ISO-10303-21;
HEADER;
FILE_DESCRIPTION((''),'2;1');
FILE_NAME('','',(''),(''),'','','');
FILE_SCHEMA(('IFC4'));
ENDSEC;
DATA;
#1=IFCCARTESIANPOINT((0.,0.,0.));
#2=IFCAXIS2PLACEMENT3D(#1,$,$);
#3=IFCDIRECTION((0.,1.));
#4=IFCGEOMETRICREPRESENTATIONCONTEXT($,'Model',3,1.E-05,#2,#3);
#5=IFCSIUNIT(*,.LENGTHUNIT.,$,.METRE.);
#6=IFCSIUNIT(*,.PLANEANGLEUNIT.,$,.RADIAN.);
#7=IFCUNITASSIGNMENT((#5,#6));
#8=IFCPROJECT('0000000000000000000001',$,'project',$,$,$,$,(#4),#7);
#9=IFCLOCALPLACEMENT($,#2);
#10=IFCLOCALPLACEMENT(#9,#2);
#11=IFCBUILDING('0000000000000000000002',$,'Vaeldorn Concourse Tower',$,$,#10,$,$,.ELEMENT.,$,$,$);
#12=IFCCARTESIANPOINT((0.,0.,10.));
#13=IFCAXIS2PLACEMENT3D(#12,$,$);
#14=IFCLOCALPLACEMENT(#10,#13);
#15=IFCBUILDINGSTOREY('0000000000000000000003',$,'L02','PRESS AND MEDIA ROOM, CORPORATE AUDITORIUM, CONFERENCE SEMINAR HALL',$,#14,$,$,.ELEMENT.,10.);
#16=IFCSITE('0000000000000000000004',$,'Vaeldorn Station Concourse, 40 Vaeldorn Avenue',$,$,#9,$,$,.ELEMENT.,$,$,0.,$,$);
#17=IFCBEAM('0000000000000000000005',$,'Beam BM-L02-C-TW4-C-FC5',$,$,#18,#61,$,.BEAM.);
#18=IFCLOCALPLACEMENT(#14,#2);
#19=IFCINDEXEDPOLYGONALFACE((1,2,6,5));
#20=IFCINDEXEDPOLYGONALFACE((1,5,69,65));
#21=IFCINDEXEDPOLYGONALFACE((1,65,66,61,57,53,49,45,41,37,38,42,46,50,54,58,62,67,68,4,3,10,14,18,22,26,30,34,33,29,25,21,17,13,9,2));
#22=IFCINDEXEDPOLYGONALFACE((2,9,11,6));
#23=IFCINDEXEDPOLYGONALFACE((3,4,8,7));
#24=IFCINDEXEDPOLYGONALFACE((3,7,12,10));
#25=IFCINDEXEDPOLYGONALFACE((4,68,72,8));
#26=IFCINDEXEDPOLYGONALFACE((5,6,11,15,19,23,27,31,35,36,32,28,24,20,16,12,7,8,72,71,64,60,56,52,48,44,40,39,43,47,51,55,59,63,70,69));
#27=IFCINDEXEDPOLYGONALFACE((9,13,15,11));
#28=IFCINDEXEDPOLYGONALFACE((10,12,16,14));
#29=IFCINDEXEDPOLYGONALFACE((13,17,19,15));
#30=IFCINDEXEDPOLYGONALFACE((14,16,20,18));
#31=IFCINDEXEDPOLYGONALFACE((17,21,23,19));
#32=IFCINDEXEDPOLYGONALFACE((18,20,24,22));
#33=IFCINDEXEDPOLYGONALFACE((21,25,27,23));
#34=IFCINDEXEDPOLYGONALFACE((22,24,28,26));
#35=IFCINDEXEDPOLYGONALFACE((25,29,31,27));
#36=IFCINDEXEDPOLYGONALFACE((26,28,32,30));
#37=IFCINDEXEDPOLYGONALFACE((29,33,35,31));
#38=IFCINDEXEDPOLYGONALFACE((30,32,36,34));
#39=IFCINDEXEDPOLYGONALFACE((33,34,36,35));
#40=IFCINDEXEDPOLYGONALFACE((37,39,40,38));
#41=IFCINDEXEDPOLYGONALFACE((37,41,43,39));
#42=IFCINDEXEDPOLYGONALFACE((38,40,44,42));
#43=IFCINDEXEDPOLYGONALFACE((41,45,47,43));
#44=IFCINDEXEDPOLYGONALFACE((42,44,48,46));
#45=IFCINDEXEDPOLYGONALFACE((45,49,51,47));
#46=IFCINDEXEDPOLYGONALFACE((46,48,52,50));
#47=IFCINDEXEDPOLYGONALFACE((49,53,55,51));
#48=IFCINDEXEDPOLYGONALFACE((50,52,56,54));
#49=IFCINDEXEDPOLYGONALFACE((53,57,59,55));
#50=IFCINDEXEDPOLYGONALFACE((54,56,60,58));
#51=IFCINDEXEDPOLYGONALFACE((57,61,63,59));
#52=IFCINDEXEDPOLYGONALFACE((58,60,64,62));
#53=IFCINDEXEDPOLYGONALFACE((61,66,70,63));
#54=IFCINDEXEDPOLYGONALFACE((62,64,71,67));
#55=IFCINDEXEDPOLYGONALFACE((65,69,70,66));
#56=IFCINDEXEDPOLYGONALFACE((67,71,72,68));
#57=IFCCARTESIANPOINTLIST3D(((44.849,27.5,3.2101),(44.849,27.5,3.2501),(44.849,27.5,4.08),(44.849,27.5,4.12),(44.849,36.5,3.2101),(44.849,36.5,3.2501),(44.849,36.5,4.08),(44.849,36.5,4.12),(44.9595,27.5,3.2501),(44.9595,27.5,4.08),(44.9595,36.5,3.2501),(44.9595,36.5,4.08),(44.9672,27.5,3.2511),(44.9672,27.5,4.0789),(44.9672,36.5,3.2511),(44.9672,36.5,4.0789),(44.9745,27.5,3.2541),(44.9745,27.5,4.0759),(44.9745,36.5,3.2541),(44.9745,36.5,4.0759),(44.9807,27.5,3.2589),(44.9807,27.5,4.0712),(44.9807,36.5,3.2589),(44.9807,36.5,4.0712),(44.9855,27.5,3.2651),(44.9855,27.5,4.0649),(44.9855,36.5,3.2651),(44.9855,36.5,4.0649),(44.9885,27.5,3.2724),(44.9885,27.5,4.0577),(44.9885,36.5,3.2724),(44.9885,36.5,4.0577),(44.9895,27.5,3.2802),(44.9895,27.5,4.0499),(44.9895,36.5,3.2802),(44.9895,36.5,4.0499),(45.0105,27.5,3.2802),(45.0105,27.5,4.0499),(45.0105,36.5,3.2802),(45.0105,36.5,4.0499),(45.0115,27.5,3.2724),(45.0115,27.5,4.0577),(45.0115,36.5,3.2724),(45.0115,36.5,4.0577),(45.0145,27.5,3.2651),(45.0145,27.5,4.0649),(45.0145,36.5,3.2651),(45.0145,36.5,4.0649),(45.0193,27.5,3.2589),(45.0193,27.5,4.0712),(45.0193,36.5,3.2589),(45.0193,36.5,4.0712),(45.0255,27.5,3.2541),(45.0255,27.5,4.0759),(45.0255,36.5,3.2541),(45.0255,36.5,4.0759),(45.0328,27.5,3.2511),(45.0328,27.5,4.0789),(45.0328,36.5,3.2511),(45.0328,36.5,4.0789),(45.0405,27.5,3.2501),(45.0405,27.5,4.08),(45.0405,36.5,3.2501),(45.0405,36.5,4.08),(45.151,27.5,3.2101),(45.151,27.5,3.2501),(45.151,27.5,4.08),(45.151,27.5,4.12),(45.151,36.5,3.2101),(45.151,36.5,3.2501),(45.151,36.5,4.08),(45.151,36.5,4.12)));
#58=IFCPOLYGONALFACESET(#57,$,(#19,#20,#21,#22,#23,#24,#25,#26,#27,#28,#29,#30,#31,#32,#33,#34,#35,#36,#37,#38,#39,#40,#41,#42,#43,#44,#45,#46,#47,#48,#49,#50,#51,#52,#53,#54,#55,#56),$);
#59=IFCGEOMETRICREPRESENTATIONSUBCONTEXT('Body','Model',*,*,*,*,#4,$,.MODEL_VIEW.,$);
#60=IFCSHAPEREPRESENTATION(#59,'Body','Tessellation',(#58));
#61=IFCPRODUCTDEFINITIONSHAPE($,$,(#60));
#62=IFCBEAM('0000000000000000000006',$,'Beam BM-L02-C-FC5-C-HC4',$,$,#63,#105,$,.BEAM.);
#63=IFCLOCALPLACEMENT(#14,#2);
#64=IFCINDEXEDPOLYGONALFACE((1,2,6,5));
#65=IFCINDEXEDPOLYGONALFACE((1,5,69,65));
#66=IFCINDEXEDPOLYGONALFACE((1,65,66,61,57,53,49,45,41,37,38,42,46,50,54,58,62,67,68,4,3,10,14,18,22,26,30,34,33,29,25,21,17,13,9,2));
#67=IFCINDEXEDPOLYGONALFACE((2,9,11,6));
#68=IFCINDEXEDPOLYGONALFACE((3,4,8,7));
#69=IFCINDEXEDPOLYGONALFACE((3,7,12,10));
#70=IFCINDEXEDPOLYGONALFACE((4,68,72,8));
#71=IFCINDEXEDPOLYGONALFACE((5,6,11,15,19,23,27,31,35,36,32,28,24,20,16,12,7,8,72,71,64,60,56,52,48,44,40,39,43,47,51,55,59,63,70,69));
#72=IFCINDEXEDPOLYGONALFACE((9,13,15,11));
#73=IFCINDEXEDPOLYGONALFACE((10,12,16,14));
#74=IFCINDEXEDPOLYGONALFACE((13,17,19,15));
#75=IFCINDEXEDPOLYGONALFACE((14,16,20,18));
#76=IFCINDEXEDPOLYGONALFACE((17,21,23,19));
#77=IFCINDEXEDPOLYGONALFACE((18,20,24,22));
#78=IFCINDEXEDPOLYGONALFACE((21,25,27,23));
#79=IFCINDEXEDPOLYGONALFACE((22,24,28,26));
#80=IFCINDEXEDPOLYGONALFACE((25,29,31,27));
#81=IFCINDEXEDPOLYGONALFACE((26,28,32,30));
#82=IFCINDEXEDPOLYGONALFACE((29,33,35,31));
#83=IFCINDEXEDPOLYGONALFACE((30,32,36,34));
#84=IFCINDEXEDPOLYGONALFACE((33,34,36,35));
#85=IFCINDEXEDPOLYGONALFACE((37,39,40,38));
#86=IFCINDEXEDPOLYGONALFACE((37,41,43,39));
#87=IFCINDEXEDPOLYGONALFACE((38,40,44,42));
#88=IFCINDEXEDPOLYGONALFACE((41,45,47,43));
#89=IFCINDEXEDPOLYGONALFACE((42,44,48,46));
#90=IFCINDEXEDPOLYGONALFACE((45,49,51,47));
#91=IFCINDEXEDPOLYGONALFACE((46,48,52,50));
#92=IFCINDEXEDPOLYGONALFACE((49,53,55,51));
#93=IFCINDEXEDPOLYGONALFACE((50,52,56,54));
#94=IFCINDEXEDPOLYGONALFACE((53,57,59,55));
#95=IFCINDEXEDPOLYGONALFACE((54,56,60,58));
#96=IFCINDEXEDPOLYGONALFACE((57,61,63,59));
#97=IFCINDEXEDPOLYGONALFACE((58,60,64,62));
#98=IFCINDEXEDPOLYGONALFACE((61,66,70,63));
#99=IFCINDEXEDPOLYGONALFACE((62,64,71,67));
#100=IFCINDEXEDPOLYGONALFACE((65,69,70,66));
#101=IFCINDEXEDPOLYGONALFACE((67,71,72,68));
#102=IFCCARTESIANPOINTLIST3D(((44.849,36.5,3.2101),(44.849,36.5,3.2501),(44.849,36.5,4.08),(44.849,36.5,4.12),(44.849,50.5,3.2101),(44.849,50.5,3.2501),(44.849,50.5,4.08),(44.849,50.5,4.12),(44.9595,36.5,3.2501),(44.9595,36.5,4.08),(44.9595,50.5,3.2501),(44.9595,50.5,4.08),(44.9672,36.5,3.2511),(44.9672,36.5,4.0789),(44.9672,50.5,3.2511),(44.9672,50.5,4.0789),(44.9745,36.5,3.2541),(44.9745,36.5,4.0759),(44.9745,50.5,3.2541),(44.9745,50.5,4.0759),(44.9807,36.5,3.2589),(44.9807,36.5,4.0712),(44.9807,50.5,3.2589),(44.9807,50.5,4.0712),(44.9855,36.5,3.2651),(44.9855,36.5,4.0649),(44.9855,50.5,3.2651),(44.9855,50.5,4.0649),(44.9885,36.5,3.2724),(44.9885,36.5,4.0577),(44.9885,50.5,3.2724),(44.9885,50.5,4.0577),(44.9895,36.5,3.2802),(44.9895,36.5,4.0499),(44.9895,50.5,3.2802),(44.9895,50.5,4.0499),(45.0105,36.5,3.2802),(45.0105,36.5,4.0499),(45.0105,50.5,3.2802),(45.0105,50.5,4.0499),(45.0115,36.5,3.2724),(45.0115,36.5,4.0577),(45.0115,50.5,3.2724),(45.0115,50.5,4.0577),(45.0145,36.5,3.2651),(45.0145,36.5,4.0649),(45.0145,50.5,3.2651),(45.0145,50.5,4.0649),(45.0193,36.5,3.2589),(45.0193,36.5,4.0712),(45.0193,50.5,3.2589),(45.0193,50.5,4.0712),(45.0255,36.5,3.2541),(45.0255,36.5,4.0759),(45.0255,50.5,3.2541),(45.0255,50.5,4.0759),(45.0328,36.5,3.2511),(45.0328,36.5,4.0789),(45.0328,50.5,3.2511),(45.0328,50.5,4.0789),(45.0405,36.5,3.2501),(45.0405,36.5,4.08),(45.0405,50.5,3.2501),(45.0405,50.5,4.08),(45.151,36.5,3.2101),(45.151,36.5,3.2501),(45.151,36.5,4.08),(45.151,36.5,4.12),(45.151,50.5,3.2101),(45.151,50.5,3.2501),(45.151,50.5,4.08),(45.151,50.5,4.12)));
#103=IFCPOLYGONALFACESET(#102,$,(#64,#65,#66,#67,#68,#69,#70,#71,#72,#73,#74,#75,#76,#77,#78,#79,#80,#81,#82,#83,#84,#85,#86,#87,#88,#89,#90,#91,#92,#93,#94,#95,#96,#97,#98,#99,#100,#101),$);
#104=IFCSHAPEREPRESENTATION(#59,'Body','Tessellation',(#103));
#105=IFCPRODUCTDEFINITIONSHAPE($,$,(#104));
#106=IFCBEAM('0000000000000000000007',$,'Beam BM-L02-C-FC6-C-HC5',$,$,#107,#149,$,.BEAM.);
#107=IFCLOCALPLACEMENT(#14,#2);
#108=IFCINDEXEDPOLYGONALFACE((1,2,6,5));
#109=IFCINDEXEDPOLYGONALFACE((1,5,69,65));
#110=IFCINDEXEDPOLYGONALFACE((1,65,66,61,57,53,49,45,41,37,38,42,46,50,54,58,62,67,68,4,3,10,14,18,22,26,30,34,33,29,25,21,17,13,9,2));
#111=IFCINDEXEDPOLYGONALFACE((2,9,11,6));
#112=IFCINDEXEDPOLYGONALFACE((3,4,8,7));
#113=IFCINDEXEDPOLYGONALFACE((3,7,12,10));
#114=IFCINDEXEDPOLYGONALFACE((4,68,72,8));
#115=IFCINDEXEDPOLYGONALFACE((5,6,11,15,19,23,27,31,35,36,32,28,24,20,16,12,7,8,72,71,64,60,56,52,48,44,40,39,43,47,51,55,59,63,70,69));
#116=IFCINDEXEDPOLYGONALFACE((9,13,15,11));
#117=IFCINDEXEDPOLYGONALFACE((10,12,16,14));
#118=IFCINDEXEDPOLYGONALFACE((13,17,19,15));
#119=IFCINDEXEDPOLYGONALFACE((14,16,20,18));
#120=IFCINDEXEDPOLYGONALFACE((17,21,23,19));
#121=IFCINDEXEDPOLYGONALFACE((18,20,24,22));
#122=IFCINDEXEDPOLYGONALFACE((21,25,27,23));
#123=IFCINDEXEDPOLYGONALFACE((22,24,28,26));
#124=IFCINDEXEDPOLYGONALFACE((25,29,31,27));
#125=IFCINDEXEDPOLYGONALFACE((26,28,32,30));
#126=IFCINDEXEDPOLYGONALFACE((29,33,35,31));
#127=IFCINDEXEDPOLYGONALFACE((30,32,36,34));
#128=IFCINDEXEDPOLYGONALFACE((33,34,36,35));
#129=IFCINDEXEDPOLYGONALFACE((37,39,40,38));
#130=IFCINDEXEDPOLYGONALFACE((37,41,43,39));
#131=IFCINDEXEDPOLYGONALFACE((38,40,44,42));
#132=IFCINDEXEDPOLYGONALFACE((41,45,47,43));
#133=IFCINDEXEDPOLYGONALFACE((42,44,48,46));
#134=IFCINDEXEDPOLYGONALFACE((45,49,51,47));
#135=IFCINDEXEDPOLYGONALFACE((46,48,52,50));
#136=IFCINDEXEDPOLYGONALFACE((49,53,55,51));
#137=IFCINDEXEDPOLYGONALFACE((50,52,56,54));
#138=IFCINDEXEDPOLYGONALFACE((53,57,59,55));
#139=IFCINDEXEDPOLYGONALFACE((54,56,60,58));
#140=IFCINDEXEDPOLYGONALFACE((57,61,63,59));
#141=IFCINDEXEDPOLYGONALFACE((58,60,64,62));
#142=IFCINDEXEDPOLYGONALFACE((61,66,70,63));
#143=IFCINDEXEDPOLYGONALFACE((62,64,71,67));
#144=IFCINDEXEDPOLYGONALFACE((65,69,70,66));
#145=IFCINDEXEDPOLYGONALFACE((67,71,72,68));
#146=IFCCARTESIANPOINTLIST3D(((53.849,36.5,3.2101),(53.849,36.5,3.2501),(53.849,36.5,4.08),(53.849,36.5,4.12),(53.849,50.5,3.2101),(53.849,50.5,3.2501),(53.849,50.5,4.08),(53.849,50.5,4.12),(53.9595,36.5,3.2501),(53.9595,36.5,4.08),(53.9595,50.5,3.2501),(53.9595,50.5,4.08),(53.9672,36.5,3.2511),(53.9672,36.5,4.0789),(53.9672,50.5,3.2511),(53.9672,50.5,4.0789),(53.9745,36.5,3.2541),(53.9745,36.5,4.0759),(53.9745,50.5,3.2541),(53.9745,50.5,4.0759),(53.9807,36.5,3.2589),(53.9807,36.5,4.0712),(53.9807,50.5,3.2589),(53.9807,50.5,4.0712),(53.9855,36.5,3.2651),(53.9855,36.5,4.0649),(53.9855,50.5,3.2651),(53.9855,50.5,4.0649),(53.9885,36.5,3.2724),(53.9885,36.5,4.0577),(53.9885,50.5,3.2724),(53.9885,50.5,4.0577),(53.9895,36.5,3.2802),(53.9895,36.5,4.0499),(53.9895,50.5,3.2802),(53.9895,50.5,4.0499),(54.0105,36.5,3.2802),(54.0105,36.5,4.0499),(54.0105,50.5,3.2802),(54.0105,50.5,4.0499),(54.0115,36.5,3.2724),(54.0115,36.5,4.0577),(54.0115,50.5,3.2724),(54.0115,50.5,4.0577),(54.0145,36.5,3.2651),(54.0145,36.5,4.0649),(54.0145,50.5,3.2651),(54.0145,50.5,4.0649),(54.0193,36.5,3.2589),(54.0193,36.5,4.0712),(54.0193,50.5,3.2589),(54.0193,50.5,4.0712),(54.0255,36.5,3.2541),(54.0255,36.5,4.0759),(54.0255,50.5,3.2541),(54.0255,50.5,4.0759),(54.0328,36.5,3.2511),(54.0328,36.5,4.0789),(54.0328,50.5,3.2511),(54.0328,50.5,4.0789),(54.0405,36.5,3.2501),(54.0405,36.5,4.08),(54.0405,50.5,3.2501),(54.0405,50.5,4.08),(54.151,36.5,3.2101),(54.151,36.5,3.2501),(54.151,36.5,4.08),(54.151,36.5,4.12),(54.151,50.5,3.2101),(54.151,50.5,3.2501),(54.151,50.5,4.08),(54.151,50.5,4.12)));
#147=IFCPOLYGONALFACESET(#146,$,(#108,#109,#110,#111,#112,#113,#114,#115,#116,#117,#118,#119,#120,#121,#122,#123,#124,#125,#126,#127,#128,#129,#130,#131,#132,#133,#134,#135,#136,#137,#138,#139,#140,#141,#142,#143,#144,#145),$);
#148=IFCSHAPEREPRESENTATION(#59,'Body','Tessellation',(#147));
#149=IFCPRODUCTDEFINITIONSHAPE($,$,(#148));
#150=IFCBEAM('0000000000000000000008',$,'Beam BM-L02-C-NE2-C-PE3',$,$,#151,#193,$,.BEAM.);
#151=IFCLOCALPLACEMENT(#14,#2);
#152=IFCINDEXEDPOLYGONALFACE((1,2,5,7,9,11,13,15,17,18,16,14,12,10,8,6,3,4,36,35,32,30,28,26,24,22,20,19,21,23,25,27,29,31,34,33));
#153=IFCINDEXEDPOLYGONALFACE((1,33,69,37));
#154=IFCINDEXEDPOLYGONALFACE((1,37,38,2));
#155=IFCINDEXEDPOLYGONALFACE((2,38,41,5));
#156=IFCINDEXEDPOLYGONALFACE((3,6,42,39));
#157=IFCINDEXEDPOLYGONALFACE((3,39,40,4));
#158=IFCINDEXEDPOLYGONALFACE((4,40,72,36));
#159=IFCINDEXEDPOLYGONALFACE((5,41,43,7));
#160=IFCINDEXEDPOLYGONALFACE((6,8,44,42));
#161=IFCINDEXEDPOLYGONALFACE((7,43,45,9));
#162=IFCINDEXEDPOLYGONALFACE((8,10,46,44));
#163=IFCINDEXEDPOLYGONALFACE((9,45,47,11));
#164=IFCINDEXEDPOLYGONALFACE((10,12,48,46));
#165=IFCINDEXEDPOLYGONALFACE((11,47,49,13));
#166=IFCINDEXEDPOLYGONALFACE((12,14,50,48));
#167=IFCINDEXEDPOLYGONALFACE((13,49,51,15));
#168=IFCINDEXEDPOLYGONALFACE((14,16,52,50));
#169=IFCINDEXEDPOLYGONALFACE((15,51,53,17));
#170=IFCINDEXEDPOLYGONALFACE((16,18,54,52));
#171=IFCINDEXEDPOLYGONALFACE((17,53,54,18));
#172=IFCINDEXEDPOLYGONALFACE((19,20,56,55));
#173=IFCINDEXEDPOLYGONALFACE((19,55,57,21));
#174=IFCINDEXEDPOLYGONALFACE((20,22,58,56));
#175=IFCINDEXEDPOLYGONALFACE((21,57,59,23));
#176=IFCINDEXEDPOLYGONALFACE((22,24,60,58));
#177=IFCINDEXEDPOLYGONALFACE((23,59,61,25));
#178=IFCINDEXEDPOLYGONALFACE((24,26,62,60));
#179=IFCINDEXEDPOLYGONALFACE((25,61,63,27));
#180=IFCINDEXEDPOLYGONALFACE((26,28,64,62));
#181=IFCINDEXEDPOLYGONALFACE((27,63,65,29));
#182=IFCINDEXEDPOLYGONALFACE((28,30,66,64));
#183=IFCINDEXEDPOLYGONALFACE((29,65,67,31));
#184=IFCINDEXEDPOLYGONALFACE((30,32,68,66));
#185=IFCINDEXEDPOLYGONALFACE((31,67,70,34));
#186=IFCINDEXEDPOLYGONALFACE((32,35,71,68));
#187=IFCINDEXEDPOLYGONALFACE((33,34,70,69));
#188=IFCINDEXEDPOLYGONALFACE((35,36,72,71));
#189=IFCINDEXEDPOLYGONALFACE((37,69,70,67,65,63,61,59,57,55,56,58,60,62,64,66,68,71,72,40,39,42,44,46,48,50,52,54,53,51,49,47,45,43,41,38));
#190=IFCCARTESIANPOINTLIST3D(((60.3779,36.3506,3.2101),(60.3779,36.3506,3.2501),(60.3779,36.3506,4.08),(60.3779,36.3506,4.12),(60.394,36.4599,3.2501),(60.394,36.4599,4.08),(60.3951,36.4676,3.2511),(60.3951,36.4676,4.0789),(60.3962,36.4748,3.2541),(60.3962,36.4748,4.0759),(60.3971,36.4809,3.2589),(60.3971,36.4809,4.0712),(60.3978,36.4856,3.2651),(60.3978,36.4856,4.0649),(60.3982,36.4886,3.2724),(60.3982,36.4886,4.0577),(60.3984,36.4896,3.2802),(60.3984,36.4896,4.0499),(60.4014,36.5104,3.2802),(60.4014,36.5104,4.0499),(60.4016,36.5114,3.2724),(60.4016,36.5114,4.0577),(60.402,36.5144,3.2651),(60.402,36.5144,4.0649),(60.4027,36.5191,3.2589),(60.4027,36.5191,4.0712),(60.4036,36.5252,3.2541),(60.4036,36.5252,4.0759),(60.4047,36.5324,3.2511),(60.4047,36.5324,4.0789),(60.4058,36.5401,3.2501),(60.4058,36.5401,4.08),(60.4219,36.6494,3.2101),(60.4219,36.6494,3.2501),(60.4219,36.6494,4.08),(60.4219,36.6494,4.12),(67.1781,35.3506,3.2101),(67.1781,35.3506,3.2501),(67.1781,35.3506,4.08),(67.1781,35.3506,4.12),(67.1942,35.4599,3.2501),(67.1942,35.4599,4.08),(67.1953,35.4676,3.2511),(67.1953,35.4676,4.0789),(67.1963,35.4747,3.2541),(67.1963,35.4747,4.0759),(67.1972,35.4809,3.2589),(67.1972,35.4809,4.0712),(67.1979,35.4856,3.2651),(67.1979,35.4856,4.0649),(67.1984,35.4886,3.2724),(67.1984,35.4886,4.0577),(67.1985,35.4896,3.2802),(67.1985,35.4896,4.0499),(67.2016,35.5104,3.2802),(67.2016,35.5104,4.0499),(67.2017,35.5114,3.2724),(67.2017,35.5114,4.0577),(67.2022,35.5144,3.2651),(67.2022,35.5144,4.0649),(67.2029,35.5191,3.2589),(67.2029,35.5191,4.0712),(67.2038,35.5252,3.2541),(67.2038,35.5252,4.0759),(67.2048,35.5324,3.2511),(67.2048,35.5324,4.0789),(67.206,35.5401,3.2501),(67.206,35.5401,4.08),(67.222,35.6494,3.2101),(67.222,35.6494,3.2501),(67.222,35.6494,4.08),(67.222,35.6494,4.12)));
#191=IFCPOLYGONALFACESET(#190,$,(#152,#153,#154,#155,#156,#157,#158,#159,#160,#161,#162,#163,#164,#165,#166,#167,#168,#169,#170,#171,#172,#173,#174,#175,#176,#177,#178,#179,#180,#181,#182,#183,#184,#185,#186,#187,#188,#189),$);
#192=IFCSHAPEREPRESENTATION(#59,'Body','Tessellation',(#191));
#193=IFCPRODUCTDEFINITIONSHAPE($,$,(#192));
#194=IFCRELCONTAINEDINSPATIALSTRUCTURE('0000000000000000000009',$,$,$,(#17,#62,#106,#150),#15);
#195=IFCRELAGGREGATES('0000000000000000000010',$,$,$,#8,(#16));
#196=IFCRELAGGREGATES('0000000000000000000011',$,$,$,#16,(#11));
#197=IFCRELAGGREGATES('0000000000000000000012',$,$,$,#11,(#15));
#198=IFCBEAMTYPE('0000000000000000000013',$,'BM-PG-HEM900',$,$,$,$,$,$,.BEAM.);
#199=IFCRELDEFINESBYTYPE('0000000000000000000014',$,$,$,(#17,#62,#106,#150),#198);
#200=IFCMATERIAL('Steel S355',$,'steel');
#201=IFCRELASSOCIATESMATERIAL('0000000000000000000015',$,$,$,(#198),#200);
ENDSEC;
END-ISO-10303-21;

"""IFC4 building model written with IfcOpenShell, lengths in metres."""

from ifc_helpers import new_model, si_unit, direction, frame, origin, origin_2d, place, context, subcontext, project, spatial, i_section, extrude, source, transform, mapped, material, material_profile, profile_set, type_object, element, save


model = new_model("IFC4")

# Units and contexts
model_context = context("Model", 3, precision=1e-05, world=origin(), true_north=direction((0.0, 1.0)))
body_context = subcontext(model_context, "Body", "Model", "MODEL_VIEW")
ifc_project = project(units=[si_unit("LENGTHUNIT", "METRE"), si_unit("PLANEANGLEUNIT", "RADIAN")], contexts=[model_context])

# Site, building, storey
site_placement = place(None, origin())
site = spatial("IfcSite", under=ifc_project, at=site_placement, Name="Vaeldorn Station Concourse, 40 Vaeldorn Avenue", CompositionType="ELEMENT", RefElevation=0.0)
building_placement = place(site_placement, origin())
building = spatial("IfcBuilding", under=site, at=building_placement, Name="Vaeldorn Concourse Tower", CompositionType="ELEMENT")
storey_placement = place(building_placement, frame((0.0, 0.0, 10.0)))
storey = spatial("IfcBuildingStorey", under=building, at=storey_placement, Name="L02", Description="PRESS AND MEDIA ROOM, CORPORATE AUDITORIUM, CONFERENCE SEMINAR HALL", CompositionType="ELEMENT", Elevation=10.0)

# Beams
ifc_material_1 = material(Name="Steel S355", Category="steel")
ifc_material_profile_1 = material_profile(ifc_material_1, i_section(OverallWidth=0.302, OverallDepth=0.9099, WebThickness=0.021, FlangeThickness=0.04, FilletRadius=0.03, at=origin_2d()), Name="HEM 900")
ifc_profile_set_1 = profile_set([ifc_material_profile_1], Name="Steel S355")
beam_type_1 = type_object("IfcBeamType", Name="BM-PG-HEM900", PredefinedType="BEAM", material=ifc_profile_set_1)
shared_shape_1 = source(origin(), body_context, "Body", "SweptSolid", [
    extrude(i_section(OverallWidth=0.302, OverallDepth=0.9099, WebThickness=0.021, FlangeThickness=0.04, FilletRadius=0.03, at=origin_2d()), origin(), (0.0, 0.0, 1.0), 9.0),
])
beam_1_placement = place(storey_placement, frame((45.0, 27.5, 3.665), z_axis=(0.0, 1.0, 0.0), x_axis=(-1.0, 0.0, 0.0)))
element("IfcBeam", 1, at=beam_1_placement, inside=storey, type_object=beam_type_1, Name="Beam BM-L02-C-TW4-C-FC5", PredefinedType="BEAM", context=body_context, shape_type="MappedRepresentation", body=[
    mapped(shared_shape_1, transform((0.0, 0.0, 0.0), scale=1.0)),
])
shared_shape_2 = source(origin(), body_context, "Body", "SweptSolid", [
    extrude(i_section(OverallWidth=0.302, OverallDepth=0.9099, WebThickness=0.021, FlangeThickness=0.04, FilletRadius=0.03, at=origin_2d()), origin(), (0.0, 0.0, 1.0), 14.0),
])
for number, where, z_axis, x_axis, name in (
    (2, (45.0, 36.5, 3.665), (0.0, 1.0, 0.0), (-1.0, 0.0, 0.0), "Beam BM-L02-C-FC5-C-HC4"),
    (3, (54.0, 36.5, 3.665), (0.0, 1.0, 0.0), (-1.0, 0.0, 0.0), "Beam BM-L02-C-FC6-C-HC5"),
):
    element("IfcBeam", number, at=place(storey_placement, frame(where, z_axis=z_axis, x_axis=x_axis)), inside=storey, type_object=beam_type_1, Name=name, PredefinedType="BEAM", context=body_context, shape_type="MappedRepresentation", body=[
        mapped(shared_shape_2, transform((0.0, 0.0, 0.0), scale=1.0)),
    ])
shared_shape_3 = source(origin(), body_context, "Body", "SweptSolid", [
    extrude(i_section(OverallWidth=0.302, OverallDepth=0.9099, WebThickness=0.021, FlangeThickness=0.04, FilletRadius=0.03, at=origin_2d()), origin(), (0.0, 0.0, 1.0), 6.8733),
])
beam_2_placement = place(storey_placement, frame((60.3999, 36.5, 3.665), z_axis=(0.989359, -0.145493, 0.0), x_axis=(0.145493, 0.989359, 0.0)))
element("IfcBeam", 4, at=beam_2_placement, inside=storey, type_object=beam_type_1, Name="Beam BM-L02-C-NE2-C-PE3", PredefinedType="BEAM", context=body_context, shape_type="MappedRepresentation", body=[
    mapped(shared_shape_3, transform((0.0, 0.0, 0.0), scale=1.0)),
])

save(model, "model.ifc")
